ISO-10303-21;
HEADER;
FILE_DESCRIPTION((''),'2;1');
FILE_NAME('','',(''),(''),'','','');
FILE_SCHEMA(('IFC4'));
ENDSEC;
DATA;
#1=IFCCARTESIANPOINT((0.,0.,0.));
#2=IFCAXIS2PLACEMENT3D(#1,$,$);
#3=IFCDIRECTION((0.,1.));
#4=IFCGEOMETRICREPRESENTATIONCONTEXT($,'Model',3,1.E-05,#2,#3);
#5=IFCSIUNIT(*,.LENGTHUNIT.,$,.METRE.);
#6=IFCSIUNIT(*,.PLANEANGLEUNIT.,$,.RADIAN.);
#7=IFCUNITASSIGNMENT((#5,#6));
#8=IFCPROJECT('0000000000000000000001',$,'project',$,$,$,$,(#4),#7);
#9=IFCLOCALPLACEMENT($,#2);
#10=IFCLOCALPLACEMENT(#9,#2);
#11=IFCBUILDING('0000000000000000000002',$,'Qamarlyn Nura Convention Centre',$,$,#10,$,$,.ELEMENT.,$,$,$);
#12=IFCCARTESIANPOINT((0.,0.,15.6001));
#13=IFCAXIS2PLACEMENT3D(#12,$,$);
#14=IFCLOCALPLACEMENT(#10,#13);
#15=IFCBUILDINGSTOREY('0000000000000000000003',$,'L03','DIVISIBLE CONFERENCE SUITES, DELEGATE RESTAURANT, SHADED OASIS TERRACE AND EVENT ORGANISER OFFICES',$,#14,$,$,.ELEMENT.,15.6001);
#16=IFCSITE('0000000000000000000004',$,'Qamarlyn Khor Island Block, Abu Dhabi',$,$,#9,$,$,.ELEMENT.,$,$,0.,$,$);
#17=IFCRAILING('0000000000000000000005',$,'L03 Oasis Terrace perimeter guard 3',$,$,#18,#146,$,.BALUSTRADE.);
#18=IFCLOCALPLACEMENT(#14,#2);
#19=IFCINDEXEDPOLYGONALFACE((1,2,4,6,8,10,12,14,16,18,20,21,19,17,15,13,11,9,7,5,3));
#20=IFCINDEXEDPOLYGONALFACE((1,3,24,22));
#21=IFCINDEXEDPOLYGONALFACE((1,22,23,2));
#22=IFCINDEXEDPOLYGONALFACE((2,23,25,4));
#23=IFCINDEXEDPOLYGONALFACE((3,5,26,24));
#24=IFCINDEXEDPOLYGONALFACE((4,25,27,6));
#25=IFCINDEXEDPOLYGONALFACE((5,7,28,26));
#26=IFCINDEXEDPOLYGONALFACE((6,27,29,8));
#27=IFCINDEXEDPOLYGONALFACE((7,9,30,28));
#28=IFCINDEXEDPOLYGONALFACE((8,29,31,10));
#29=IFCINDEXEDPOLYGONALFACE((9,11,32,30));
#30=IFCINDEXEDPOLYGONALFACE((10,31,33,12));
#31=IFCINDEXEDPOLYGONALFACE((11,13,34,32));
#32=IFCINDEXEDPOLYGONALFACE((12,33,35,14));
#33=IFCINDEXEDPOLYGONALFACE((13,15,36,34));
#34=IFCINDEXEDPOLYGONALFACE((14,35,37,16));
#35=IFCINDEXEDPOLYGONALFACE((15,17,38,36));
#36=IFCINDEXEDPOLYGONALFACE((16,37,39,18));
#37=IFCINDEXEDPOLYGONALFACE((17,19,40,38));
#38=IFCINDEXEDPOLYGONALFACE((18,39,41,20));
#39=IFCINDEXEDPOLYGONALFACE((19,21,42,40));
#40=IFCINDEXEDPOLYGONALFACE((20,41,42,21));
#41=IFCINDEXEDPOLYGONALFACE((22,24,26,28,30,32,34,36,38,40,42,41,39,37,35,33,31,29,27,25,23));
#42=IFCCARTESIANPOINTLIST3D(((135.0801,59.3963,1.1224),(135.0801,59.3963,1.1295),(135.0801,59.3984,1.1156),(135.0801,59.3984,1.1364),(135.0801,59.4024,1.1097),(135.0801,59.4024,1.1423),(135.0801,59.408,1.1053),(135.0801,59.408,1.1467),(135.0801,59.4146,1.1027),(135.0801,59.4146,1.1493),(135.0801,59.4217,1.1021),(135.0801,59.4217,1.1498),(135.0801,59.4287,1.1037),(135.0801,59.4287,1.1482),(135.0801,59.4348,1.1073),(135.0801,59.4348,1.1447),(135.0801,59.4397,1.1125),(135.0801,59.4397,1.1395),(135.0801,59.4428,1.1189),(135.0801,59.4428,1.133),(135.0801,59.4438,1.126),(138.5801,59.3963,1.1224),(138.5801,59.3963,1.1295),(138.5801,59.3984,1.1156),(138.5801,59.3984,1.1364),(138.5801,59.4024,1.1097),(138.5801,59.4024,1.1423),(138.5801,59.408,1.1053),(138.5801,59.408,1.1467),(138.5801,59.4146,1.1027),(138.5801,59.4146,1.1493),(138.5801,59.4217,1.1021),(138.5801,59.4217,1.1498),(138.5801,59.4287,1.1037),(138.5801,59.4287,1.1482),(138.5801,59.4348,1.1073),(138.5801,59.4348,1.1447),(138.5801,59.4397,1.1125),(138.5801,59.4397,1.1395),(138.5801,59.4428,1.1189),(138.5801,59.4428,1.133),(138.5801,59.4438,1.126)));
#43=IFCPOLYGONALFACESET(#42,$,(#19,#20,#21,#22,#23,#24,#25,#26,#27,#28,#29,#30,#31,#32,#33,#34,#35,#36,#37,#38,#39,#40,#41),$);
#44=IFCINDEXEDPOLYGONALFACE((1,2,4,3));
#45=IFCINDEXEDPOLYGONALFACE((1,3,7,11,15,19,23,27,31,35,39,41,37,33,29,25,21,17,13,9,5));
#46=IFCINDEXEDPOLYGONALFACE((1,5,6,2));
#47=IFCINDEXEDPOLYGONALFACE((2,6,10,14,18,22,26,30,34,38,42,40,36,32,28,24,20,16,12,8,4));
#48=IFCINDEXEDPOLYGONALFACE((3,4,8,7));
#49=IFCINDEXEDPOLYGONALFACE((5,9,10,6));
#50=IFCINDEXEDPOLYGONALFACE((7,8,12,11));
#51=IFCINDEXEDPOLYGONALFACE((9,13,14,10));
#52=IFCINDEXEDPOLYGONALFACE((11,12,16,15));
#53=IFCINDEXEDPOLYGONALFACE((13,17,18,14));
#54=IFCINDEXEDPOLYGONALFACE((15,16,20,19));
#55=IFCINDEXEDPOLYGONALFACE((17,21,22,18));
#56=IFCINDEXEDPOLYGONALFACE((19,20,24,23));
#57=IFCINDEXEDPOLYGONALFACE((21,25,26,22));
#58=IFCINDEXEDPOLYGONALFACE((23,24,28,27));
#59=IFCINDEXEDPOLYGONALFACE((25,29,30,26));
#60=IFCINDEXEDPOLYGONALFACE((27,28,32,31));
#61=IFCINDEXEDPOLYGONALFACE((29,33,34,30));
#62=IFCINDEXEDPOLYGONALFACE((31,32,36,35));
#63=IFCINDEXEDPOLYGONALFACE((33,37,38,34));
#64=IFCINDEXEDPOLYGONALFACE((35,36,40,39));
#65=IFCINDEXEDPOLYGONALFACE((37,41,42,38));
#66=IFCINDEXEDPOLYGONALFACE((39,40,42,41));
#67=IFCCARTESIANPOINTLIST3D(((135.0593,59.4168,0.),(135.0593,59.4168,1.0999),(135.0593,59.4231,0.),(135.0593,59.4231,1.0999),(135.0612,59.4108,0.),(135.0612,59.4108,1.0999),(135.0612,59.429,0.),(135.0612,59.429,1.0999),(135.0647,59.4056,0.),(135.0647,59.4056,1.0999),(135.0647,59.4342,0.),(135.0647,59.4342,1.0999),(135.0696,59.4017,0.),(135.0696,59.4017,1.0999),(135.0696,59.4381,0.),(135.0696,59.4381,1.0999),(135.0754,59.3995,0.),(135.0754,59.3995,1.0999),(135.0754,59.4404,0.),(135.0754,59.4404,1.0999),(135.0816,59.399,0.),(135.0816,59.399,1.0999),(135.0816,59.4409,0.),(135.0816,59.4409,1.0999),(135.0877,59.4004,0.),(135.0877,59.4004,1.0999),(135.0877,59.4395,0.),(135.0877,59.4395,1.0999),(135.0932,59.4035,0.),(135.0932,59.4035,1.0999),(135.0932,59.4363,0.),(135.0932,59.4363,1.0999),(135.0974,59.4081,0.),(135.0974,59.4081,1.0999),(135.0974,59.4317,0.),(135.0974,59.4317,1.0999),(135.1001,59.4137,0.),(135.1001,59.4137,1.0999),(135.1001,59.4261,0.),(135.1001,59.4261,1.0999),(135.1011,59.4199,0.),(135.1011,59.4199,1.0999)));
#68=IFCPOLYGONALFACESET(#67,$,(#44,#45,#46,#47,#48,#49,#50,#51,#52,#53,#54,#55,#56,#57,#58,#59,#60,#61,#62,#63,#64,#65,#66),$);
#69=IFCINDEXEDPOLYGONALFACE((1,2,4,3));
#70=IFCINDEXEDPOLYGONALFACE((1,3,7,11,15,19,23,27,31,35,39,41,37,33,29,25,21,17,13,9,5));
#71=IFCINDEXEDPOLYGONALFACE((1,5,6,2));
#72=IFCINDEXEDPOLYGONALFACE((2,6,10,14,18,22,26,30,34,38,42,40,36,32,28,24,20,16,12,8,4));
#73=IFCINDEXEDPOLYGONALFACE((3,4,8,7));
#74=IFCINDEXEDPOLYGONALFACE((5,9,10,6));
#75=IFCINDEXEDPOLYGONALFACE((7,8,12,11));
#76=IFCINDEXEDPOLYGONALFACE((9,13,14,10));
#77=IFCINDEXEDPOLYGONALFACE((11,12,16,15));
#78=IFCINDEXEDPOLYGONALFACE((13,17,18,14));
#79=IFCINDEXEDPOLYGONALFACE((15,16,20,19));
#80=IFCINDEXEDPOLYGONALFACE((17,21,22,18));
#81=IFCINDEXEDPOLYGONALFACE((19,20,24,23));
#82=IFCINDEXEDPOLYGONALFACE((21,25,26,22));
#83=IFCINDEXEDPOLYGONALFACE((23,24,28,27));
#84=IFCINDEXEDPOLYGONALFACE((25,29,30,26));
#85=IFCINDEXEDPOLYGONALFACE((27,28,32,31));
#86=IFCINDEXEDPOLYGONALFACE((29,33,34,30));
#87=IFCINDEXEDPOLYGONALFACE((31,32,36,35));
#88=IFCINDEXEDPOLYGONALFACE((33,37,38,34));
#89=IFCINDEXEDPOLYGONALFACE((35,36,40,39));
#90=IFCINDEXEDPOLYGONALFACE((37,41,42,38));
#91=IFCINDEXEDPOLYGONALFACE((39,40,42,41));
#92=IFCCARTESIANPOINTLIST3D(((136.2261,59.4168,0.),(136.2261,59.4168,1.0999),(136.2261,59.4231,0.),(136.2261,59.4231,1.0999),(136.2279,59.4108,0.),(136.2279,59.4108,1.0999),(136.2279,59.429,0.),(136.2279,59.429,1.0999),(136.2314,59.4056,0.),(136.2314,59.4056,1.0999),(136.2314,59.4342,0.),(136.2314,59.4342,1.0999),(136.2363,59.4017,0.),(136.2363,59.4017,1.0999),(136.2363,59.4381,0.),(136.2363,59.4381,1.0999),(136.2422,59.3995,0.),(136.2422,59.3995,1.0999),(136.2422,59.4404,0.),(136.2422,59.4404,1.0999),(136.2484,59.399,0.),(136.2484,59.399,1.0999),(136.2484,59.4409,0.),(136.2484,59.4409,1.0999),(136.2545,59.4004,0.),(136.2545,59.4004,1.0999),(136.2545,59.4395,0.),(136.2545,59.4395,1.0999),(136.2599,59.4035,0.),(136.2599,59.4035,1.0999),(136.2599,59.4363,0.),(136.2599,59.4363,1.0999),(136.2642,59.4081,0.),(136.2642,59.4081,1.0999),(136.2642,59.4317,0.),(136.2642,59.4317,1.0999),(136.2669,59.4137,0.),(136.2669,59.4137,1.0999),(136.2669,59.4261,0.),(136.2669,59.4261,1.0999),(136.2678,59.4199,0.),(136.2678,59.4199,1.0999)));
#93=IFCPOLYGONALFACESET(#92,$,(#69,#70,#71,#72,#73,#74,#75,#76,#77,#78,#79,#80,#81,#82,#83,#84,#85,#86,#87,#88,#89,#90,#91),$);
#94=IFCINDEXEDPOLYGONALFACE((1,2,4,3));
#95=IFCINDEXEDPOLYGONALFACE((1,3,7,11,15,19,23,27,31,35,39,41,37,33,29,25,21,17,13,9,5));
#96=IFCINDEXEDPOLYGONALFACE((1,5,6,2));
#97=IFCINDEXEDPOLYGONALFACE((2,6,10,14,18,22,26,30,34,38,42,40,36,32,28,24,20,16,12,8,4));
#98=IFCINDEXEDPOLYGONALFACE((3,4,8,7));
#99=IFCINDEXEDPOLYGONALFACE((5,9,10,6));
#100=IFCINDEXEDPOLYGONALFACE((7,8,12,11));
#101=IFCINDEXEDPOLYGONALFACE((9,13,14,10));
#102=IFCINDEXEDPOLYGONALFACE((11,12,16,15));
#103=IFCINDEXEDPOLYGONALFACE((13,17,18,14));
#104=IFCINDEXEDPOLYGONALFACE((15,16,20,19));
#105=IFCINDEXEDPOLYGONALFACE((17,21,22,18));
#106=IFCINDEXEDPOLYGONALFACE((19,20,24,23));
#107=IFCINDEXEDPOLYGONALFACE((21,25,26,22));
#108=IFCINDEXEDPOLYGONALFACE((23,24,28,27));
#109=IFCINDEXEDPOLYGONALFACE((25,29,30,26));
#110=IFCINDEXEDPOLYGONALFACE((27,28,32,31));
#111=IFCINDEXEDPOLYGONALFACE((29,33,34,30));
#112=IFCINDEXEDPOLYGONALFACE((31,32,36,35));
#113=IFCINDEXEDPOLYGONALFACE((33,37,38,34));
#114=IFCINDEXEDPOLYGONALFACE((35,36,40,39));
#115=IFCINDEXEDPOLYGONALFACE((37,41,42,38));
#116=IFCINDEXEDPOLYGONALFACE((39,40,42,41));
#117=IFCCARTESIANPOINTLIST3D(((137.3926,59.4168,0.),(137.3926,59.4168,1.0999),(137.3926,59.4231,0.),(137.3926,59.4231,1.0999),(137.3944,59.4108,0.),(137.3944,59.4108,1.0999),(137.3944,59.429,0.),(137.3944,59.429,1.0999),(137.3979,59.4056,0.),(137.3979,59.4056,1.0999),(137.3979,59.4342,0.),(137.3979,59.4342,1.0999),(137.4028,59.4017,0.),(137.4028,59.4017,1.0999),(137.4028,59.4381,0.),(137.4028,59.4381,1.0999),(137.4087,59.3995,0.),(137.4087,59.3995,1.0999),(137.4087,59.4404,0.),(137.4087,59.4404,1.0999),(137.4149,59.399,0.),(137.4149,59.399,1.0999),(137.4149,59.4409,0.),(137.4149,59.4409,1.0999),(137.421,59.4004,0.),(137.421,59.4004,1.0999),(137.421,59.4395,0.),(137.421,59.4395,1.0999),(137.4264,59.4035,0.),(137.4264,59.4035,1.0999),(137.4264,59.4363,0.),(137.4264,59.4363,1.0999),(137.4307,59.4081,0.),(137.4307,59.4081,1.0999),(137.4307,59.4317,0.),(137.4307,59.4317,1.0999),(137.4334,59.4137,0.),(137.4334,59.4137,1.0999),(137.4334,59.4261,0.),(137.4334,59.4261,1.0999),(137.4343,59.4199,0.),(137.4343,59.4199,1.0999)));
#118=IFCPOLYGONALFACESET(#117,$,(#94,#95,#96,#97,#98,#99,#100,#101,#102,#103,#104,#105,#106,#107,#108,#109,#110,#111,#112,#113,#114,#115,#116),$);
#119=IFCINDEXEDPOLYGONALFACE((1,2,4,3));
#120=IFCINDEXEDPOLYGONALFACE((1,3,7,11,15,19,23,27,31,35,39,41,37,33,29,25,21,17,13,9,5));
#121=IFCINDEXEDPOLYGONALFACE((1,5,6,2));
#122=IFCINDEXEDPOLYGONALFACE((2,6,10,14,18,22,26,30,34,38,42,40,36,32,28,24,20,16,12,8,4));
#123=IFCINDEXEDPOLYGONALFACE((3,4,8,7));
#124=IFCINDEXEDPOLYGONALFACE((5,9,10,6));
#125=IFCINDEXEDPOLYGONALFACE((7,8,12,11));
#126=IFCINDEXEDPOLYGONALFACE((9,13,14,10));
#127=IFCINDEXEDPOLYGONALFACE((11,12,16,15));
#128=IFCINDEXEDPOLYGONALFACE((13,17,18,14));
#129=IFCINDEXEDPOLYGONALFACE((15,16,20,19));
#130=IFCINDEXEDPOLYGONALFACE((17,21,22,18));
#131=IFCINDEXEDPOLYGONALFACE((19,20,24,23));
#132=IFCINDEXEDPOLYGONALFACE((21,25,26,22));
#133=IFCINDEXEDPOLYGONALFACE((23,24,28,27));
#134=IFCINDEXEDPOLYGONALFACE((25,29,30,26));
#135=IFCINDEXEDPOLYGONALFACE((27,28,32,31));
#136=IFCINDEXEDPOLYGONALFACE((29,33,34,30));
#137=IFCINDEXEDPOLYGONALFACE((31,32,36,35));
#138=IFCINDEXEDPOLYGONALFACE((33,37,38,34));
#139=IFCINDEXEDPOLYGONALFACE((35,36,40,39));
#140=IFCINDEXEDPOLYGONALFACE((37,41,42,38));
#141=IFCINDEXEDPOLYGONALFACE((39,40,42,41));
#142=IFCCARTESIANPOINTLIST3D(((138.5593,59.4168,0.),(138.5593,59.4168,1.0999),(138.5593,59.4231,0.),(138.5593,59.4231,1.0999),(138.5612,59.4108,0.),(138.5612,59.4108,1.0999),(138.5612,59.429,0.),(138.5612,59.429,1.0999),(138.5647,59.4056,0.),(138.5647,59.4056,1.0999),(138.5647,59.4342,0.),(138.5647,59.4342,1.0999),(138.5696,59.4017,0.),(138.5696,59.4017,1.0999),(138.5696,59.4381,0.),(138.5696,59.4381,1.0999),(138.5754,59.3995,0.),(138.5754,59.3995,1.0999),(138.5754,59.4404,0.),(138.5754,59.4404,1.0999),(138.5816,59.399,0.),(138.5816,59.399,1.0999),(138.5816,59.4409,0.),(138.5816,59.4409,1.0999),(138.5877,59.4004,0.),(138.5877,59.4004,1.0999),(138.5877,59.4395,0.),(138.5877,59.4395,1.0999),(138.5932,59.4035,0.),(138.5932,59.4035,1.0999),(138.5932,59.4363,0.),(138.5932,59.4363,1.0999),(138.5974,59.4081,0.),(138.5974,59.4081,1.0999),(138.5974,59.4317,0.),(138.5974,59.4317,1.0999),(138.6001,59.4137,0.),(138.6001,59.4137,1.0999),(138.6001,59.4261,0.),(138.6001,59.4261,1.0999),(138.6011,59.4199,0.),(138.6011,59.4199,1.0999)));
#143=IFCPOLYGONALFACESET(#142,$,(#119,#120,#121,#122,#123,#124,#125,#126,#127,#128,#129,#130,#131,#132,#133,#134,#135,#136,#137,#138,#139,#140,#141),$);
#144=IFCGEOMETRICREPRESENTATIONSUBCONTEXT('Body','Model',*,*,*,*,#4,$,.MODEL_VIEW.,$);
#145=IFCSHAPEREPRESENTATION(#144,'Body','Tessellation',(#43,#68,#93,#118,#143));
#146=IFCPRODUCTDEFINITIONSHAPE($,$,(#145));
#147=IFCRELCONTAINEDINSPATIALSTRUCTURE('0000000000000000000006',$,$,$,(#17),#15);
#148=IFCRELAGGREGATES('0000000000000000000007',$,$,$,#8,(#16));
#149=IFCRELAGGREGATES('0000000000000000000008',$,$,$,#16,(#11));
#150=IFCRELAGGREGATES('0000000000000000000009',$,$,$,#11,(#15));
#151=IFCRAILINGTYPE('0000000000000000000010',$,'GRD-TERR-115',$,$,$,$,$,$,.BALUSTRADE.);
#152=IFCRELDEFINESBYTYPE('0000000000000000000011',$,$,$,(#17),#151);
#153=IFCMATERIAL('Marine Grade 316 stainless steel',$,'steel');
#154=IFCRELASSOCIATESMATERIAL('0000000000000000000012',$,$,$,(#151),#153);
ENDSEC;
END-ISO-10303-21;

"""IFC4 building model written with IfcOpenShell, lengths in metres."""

from ifc_helpers import new_model, si_unit, direction, frame, origin, origin_2d, place, context, subcontext, project, spatial, circle, extrude, material, type_object, element, save


model = new_model("IFC4")

# Units and contexts
model_context = context("Model", 3, precision=1e-05, world=origin(), true_north=direction((0.0, 1.0)))
body_context = subcontext(model_context, "Body", "Model", "MODEL_VIEW")
ifc_project = project(units=[si_unit("LENGTHUNIT", "METRE"), si_unit("PLANEANGLEUNIT", "RADIAN")], contexts=[model_context])

# Site, building, storey
site_placement = place(None, origin())
site = spatial("IfcSite", under=ifc_project, at=site_placement, Name="Qamarlyn Khor Island Block, Abu Dhabi", CompositionType="ELEMENT", RefElevation=0.0)
building_placement = place(site_placement, origin())
building = spatial("IfcBuilding", under=site, at=building_placement, Name="Qamarlyn Nura Convention Centre", CompositionType="ELEMENT")
storey_placement = place(building_placement, frame((0.0, 0.0, 15.6001)))
storey = spatial("IfcBuildingStorey", under=building, at=storey_placement, Name="L03", Description="DIVISIBLE CONFERENCE SUITES, DELEGATE RESTAURANT, SHADED OASIS TERRACE AND EVENT ORGANISER OFFICES", CompositionType="ELEMENT", Elevation=15.6001)

# Railing
ifc_material_1 = material(Name="Marine Grade 316 stainless steel", Category="steel")
railing_type_1 = type_object("IfcRailingType", Name="GRD-TERR-115", PredefinedType="BALUSTRADE", material=ifc_material_1)
railing_1_placement = place(storey_placement, frame((135.0801, 59.4199, 0.0)))
element("IfcRailing", 1, at=railing_1_placement, inside=storey, type_object=railing_type_1, Name="L03 Oasis Terrace perimeter guard 3", PredefinedType="BALUSTRADE", context=body_context, shape_type="SweptSolid", body=[
    extrude(circle(Radius=0.0239, at=origin_2d()), frame((0.0, 0.0, 1.126), z_axis=(1.0, 0.0, 0.0), x_axis=(0.0, 1.0, 0.0)), (0.0, 0.0, 1.0), 3.5),
    extrude(circle(Radius=0.021, at=origin_2d()), origin(), (0.0, 0.0, 1.0), 1.0999),
    extrude(circle(Radius=0.021, at=origin_2d()), frame((1.1667, 0.0, 0.0)), (0.0, 0.0, 1.0), 1.0999),
    extrude(circle(Radius=0.021, at=origin_2d()), frame((2.3333, 0.0, 0.0)), (0.0, 0.0, 1.0), 1.0999),
    extrude(circle(Radius=0.021, at=origin_2d()), frame((3.5, 0.0, 0.0)), (0.0, 0.0, 1.0), 1.0999),
])

save(model, "model.ifc")
